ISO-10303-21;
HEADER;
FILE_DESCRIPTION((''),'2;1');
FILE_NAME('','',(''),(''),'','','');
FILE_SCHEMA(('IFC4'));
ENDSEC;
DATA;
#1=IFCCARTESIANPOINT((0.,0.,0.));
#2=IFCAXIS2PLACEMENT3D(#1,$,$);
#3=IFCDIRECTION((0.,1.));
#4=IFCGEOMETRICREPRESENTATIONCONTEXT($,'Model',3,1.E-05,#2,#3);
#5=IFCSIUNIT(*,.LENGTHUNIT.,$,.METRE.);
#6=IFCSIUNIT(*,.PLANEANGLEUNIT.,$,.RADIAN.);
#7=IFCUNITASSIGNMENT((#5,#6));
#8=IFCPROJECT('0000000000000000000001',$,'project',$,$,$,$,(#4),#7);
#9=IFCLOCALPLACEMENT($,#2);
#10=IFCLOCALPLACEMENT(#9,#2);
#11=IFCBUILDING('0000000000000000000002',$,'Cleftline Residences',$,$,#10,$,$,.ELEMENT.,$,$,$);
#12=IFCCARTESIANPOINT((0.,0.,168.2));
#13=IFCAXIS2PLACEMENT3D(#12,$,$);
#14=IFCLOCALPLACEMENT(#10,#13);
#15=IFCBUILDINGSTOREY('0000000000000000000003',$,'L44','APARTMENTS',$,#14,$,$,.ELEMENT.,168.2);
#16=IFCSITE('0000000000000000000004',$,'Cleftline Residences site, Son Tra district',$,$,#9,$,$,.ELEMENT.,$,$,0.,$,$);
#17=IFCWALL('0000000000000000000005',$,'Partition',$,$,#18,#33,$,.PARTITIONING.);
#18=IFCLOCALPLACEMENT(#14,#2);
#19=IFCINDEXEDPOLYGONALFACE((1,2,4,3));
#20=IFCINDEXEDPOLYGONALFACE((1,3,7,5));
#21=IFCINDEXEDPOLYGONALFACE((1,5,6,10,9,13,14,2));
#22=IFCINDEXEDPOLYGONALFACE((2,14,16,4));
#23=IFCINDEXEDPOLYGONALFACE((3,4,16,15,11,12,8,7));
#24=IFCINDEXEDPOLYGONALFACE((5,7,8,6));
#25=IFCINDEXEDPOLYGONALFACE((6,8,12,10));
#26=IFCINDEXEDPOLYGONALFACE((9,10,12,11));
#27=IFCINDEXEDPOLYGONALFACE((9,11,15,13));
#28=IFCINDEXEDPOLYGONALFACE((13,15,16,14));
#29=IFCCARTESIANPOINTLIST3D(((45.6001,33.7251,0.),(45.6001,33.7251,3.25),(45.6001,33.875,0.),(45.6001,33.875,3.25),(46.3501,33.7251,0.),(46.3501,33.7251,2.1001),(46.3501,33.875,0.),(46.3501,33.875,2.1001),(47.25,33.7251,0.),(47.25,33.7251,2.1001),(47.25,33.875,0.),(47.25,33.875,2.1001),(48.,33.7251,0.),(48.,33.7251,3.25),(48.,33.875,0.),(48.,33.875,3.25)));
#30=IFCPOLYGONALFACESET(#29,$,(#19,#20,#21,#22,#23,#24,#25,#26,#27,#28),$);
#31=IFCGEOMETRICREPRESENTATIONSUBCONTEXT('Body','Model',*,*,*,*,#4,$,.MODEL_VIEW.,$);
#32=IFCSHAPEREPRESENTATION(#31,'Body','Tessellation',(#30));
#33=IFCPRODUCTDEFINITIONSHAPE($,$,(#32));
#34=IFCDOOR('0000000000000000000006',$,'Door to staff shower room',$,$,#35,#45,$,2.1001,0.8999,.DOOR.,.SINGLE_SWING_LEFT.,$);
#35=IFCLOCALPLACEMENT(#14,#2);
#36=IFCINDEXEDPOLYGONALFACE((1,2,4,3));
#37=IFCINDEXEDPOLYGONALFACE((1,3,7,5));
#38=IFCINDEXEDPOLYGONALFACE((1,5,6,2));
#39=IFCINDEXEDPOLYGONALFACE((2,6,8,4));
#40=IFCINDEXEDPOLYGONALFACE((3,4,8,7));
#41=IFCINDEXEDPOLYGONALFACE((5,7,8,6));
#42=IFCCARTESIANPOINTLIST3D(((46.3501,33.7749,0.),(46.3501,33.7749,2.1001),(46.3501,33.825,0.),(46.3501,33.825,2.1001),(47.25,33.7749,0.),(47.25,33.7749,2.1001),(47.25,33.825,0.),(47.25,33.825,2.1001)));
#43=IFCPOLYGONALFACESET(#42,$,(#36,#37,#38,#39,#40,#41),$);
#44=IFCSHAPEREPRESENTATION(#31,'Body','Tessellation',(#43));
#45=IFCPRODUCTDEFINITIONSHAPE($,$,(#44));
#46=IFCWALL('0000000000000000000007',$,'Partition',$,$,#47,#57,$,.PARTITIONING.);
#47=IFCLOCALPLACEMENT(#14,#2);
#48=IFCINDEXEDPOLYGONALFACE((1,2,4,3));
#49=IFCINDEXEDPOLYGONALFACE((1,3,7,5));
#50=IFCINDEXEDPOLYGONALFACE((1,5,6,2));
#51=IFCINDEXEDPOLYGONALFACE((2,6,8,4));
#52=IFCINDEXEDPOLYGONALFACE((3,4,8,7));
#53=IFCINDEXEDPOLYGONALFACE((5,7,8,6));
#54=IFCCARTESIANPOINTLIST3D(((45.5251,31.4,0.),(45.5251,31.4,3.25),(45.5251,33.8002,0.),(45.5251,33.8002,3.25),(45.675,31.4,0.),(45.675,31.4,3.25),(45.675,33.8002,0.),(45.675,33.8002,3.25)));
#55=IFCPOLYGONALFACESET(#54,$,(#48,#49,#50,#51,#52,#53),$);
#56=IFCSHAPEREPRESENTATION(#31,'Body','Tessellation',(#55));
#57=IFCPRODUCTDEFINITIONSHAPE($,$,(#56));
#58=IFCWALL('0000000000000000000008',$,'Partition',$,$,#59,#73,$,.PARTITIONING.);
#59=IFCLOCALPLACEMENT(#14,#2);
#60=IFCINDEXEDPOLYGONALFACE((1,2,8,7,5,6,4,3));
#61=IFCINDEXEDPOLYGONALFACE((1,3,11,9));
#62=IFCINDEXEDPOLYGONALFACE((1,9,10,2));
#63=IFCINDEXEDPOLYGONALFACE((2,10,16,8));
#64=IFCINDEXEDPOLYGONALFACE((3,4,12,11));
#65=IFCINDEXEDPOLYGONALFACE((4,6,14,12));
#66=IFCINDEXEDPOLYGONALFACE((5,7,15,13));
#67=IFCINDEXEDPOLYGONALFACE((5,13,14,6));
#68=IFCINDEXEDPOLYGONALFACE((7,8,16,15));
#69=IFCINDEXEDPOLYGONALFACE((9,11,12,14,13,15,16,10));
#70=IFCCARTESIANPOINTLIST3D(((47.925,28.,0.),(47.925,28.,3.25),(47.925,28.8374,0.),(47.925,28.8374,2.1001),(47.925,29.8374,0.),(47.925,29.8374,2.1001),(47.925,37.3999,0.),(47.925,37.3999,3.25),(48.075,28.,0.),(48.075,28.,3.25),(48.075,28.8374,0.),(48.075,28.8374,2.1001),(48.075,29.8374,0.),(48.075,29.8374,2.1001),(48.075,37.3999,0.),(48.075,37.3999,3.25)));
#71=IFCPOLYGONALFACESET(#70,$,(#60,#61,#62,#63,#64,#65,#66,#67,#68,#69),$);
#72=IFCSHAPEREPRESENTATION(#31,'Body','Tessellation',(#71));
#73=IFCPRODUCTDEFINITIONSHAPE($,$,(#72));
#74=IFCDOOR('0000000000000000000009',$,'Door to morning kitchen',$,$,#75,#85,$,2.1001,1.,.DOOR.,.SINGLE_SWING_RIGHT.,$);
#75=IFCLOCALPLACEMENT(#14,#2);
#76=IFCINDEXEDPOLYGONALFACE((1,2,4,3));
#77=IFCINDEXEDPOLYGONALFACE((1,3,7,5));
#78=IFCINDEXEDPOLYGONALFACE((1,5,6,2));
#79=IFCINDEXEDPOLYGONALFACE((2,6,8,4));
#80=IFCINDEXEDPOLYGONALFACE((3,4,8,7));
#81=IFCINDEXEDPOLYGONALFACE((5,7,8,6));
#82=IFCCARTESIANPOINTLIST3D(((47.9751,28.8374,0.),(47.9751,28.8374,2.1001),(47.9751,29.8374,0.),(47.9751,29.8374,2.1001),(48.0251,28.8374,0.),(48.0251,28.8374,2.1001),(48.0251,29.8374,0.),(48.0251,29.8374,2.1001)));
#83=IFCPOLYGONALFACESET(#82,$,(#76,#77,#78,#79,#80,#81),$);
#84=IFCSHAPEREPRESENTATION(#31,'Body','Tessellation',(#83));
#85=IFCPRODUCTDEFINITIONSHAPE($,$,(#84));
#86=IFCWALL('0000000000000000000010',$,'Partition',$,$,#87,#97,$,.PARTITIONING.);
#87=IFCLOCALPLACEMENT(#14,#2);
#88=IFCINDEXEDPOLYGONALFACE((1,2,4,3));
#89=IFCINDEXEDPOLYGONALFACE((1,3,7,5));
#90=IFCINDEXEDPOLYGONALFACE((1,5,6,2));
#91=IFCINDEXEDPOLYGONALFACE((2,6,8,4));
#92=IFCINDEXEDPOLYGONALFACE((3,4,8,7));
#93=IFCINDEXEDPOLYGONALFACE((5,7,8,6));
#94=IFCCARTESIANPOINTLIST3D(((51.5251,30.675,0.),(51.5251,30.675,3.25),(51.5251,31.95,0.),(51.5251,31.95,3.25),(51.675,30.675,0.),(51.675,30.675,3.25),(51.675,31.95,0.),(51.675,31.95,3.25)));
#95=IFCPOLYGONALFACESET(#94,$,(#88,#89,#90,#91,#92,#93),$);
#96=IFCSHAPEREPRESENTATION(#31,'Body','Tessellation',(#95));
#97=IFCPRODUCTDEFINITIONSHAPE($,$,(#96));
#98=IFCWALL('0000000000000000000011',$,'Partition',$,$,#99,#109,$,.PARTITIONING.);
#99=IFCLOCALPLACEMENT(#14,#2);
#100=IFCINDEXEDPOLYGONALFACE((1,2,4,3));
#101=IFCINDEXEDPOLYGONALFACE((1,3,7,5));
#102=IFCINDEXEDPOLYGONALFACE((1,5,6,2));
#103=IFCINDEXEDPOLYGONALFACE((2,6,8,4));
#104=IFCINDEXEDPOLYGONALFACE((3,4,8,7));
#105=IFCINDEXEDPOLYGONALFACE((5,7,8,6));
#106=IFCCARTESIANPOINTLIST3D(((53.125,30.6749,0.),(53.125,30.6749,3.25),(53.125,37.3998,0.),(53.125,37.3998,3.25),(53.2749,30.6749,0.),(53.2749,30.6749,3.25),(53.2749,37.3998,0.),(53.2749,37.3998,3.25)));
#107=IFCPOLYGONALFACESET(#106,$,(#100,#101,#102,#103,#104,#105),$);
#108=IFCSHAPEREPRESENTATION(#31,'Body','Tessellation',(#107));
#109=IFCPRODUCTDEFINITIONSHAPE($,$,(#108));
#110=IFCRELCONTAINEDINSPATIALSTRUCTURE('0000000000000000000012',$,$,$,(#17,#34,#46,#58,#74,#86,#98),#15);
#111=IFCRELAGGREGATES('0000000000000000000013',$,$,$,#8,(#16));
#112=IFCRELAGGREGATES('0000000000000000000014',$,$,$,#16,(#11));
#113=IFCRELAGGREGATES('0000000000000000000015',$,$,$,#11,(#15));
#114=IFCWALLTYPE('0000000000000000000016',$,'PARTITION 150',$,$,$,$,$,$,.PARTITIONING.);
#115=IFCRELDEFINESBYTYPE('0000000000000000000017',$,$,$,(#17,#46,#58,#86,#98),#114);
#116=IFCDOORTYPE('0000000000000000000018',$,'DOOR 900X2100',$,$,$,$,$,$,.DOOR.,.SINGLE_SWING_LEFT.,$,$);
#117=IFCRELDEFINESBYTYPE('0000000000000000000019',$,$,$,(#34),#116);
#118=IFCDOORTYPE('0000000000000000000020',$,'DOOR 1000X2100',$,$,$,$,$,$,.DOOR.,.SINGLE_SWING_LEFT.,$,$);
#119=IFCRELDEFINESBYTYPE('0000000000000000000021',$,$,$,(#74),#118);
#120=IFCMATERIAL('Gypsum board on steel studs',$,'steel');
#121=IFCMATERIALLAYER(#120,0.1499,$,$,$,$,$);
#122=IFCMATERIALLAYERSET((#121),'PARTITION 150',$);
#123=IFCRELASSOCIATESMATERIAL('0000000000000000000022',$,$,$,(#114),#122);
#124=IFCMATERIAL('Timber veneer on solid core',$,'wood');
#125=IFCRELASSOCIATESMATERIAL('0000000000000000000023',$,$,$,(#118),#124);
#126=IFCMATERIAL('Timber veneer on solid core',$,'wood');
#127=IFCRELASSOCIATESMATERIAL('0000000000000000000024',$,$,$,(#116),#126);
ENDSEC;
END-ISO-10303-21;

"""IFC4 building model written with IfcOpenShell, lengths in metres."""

from ifc_helpers import new_model, si_unit, direction, frame, frame_2d, origin, place, context, subcontext, project, spatial, rectangle, extrude, material, layer, layer_set, type_object, element, fill, save


model = new_model("IFC4")

# Units and contexts
model_context = context("Model", 3, precision=1e-05, world=origin(), true_north=direction((0.0, 1.0)))
body_context = subcontext(model_context, "Body", "Model", "MODEL_VIEW")
ifc_project = project(units=[si_unit("LENGTHUNIT", "METRE"), si_unit("PLANEANGLEUNIT", "RADIAN")], contexts=[model_context])

# Site, building, storey
site_placement = place(None, origin())
site = spatial("IfcSite", under=ifc_project, at=site_placement, Name="Cleftline Residences site, Son Tra district", CompositionType="ELEMENT", RefElevation=0.0)
building_placement = place(site_placement, origin())
building = spatial("IfcBuilding", under=site, at=building_placement, Name="Cleftline Residences", CompositionType="ELEMENT")
storey_placement = place(building_placement, frame((0.0, 0.0, 168.2)))
storey = spatial("IfcBuildingStorey", under=building, at=storey_placement, Name="L44", Description="APARTMENTS", CompositionType="ELEMENT", Elevation=168.2)

# Shared definitions
ifc_material_1 = material(Name="Gypsum board on steel studs", Category="steel")
ifc_layer_1 = layer(ifc_material_1, 0.1499)
ifc_layer_set_1 = layer_set([ifc_layer_1], Name="PARTITION 150")
wall_type_1 = type_object("IfcWallType", Name="PARTITION 150", PredefinedType="PARTITIONING", material=ifc_layer_set_1)
ifc_material_2 = material(Name="Timber veneer on solid core", Category="wood")
door_type_1 = type_object("IfcDoorType", Name="DOOR 1000X2100", OperationType="SINGLE_SWING_LEFT", PredefinedType="DOOR", material=ifc_material_2)

# Wall, opening, door
wall_1_placement = place(storey_placement, frame((45.6001, 33.8, 0.0), z_axis=(0.0, 0.0, 1.0), x_axis=(1.0, 0.0, 0.0)))
wall_1 = element("IfcWall", 1, at=wall_1_placement, inside=storey, type_object=wall_type_1, Name="Partition", PredefinedType="PARTITIONING", context=body_context, shape_type="SweptSolid", body=[
    extrude(rectangle(XDim=2.3999, YDim=0.1499, at=frame_2d((1.2, 0.0))), origin(), (0.0, 0.0, 1.0), 3.25),
])
opening_1_placement = place(wall_1_placement, frame((0.75, 0.0, 0.0)))
opening_1 = element("IfcOpeningElement", 2, at=opening_1_placement, cuts=wall_1, PredefinedType="OPENING", context=body_context, shape_type="SweptSolid", body=[
    extrude(rectangle(XDim=0.8999, YDim=2.1001, at=frame_2d((0.45, 1.05))), frame((0.0, 0.085, 0.0), z_axis=(0.0, -1.0, 0.0), x_axis=(1.0, 0.0, 0.0)), (0.0, 0.0, 1.0), 0.1699),
])
ifc_material_3 = material(Name="Timber veneer on solid core", Category="wood")
door_type_2 = type_object("IfcDoorType", Name="DOOR 900X2100", OperationType="SINGLE_SWING_LEFT", PredefinedType="DOOR", material=ifc_material_3)
door_1_placement = place(opening_1_placement, origin())
door_1 = element("IfcDoor", 3, at=door_1_placement, inside=storey, type_object=door_type_2, Name="Door to staff shower room", OperationType="SINGLE_SWING_LEFT", OverallHeight=2.1001, OverallWidth=0.8999, PredefinedType="DOOR", context=body_context, shape_type="SweptSolid", body=[
    extrude(rectangle(XDim=0.8999, YDim=2.1001, at=frame_2d((0.45, 1.05))), frame((0.0, 0.0249, 0.0), z_axis=(0.0, -1.0, 0.0), x_axis=(1.0, 0.0, 0.0)), (0.0, 0.0, 1.0), 0.05),
])
fill(opening_1, door_1)

# Wall
wall_2_placement = place(storey_placement, frame((45.6001, 31.3999, 0.0), z_axis=(0.0, 0.0, 1.0), x_axis=(0.0, 1.0, 0.0)))
element("IfcWall", 4, at=wall_2_placement, inside=storey, type_object=wall_type_1, Name="Partition", PredefinedType="PARTITIONING", context=body_context, shape_type="SweptSolid", body=[
    extrude(rectangle(XDim=2.4001, YDim=0.1499, at=frame_2d((1.2002, 0.0))), origin(), (0.0, 0.0, 1.0), 3.25),
])

# Wall, opening, door
wall_3_placement = place(storey_placement, frame((48.0, 28.0, 0.0), z_axis=(0.0, 0.0, 1.0), x_axis=(0.0, 1.0, 0.0)))
wall_3 = element("IfcWall", 5, at=wall_3_placement, inside=storey, type_object=wall_type_1, Name="Partition", PredefinedType="PARTITIONING", context=body_context, shape_type="SweptSolid", body=[
    extrude(rectangle(XDim=9.3999, YDim=0.1499, at=frame_2d((4.7, 0.0))), origin(), (0.0, 0.0, 1.0), 3.25),
])
opening_2_placement = place(wall_3_placement, frame((0.8374, 0.0, 0.0)))
opening_2 = element("IfcOpeningElement", 6, at=opening_2_placement, cuts=wall_3, PredefinedType="OPENING", context=body_context, shape_type="SweptSolid", body=[
    extrude(rectangle(XDim=1.0, YDim=2.1001, at=frame_2d((0.5, 1.05))), frame((0.0, 0.085, 0.0), z_axis=(0.0, -1.0, 0.0), x_axis=(1.0, 0.0, 0.0)), (0.0, 0.0, 1.0), 0.1699),
])
door_2_placement = place(opening_2_placement, origin())
door_2 = element("IfcDoor", 7, at=door_2_placement, inside=storey, type_object=door_type_1, Name="Door to morning kitchen", OperationType="SINGLE_SWING_RIGHT", OverallHeight=2.1001, OverallWidth=1.0, PredefinedType="DOOR", context=body_context, shape_type="SweptSolid", body=[
    extrude(rectangle(XDim=1.0, YDim=2.1001, at=frame_2d((0.5, 1.05))), frame((0.0, 0.0249, 0.0), z_axis=(0.0, -1.0, 0.0), x_axis=(1.0, 0.0, 0.0)), (0.0, 0.0, 1.0), 0.05),
])
fill(opening_2, door_2)

# Walls
wall_4_placement = place(storey_placement, frame((51.6001, 30.675, 0.0), z_axis=(0.0, 0.0, 1.0), x_axis=(0.0, 1.0, 0.0)))
element("IfcWall", 8, at=wall_4_placement, inside=storey, type_object=wall_type_1, Name="Partition", PredefinedType="PARTITIONING", context=body_context, shape_type="SweptSolid", body=[
    extrude(rectangle(XDim=1.2749, YDim=0.1499, at=frame_2d((0.6375, 0.0))), origin(), (0.0, 0.0, 1.0), 3.25),
])
wall_5_placement = place(storey_placement, frame((53.2, 30.675, 0.0), z_axis=(0.0, 0.0, 1.0), x_axis=(0.0, 1.0, 0.0)))
element("IfcWall", 9, at=wall_5_placement, inside=storey, type_object=wall_type_1, Name="Partition", PredefinedType="PARTITIONING", context=body_context, shape_type="SweptSolid", body=[
    extrude(rectangle(XDim=6.7249, YDim=0.1499, at=frame_2d((3.3623, 0.0))), origin(), (0.0, 0.0, 1.0), 3.25),
])

save(model, "model.ifc")
